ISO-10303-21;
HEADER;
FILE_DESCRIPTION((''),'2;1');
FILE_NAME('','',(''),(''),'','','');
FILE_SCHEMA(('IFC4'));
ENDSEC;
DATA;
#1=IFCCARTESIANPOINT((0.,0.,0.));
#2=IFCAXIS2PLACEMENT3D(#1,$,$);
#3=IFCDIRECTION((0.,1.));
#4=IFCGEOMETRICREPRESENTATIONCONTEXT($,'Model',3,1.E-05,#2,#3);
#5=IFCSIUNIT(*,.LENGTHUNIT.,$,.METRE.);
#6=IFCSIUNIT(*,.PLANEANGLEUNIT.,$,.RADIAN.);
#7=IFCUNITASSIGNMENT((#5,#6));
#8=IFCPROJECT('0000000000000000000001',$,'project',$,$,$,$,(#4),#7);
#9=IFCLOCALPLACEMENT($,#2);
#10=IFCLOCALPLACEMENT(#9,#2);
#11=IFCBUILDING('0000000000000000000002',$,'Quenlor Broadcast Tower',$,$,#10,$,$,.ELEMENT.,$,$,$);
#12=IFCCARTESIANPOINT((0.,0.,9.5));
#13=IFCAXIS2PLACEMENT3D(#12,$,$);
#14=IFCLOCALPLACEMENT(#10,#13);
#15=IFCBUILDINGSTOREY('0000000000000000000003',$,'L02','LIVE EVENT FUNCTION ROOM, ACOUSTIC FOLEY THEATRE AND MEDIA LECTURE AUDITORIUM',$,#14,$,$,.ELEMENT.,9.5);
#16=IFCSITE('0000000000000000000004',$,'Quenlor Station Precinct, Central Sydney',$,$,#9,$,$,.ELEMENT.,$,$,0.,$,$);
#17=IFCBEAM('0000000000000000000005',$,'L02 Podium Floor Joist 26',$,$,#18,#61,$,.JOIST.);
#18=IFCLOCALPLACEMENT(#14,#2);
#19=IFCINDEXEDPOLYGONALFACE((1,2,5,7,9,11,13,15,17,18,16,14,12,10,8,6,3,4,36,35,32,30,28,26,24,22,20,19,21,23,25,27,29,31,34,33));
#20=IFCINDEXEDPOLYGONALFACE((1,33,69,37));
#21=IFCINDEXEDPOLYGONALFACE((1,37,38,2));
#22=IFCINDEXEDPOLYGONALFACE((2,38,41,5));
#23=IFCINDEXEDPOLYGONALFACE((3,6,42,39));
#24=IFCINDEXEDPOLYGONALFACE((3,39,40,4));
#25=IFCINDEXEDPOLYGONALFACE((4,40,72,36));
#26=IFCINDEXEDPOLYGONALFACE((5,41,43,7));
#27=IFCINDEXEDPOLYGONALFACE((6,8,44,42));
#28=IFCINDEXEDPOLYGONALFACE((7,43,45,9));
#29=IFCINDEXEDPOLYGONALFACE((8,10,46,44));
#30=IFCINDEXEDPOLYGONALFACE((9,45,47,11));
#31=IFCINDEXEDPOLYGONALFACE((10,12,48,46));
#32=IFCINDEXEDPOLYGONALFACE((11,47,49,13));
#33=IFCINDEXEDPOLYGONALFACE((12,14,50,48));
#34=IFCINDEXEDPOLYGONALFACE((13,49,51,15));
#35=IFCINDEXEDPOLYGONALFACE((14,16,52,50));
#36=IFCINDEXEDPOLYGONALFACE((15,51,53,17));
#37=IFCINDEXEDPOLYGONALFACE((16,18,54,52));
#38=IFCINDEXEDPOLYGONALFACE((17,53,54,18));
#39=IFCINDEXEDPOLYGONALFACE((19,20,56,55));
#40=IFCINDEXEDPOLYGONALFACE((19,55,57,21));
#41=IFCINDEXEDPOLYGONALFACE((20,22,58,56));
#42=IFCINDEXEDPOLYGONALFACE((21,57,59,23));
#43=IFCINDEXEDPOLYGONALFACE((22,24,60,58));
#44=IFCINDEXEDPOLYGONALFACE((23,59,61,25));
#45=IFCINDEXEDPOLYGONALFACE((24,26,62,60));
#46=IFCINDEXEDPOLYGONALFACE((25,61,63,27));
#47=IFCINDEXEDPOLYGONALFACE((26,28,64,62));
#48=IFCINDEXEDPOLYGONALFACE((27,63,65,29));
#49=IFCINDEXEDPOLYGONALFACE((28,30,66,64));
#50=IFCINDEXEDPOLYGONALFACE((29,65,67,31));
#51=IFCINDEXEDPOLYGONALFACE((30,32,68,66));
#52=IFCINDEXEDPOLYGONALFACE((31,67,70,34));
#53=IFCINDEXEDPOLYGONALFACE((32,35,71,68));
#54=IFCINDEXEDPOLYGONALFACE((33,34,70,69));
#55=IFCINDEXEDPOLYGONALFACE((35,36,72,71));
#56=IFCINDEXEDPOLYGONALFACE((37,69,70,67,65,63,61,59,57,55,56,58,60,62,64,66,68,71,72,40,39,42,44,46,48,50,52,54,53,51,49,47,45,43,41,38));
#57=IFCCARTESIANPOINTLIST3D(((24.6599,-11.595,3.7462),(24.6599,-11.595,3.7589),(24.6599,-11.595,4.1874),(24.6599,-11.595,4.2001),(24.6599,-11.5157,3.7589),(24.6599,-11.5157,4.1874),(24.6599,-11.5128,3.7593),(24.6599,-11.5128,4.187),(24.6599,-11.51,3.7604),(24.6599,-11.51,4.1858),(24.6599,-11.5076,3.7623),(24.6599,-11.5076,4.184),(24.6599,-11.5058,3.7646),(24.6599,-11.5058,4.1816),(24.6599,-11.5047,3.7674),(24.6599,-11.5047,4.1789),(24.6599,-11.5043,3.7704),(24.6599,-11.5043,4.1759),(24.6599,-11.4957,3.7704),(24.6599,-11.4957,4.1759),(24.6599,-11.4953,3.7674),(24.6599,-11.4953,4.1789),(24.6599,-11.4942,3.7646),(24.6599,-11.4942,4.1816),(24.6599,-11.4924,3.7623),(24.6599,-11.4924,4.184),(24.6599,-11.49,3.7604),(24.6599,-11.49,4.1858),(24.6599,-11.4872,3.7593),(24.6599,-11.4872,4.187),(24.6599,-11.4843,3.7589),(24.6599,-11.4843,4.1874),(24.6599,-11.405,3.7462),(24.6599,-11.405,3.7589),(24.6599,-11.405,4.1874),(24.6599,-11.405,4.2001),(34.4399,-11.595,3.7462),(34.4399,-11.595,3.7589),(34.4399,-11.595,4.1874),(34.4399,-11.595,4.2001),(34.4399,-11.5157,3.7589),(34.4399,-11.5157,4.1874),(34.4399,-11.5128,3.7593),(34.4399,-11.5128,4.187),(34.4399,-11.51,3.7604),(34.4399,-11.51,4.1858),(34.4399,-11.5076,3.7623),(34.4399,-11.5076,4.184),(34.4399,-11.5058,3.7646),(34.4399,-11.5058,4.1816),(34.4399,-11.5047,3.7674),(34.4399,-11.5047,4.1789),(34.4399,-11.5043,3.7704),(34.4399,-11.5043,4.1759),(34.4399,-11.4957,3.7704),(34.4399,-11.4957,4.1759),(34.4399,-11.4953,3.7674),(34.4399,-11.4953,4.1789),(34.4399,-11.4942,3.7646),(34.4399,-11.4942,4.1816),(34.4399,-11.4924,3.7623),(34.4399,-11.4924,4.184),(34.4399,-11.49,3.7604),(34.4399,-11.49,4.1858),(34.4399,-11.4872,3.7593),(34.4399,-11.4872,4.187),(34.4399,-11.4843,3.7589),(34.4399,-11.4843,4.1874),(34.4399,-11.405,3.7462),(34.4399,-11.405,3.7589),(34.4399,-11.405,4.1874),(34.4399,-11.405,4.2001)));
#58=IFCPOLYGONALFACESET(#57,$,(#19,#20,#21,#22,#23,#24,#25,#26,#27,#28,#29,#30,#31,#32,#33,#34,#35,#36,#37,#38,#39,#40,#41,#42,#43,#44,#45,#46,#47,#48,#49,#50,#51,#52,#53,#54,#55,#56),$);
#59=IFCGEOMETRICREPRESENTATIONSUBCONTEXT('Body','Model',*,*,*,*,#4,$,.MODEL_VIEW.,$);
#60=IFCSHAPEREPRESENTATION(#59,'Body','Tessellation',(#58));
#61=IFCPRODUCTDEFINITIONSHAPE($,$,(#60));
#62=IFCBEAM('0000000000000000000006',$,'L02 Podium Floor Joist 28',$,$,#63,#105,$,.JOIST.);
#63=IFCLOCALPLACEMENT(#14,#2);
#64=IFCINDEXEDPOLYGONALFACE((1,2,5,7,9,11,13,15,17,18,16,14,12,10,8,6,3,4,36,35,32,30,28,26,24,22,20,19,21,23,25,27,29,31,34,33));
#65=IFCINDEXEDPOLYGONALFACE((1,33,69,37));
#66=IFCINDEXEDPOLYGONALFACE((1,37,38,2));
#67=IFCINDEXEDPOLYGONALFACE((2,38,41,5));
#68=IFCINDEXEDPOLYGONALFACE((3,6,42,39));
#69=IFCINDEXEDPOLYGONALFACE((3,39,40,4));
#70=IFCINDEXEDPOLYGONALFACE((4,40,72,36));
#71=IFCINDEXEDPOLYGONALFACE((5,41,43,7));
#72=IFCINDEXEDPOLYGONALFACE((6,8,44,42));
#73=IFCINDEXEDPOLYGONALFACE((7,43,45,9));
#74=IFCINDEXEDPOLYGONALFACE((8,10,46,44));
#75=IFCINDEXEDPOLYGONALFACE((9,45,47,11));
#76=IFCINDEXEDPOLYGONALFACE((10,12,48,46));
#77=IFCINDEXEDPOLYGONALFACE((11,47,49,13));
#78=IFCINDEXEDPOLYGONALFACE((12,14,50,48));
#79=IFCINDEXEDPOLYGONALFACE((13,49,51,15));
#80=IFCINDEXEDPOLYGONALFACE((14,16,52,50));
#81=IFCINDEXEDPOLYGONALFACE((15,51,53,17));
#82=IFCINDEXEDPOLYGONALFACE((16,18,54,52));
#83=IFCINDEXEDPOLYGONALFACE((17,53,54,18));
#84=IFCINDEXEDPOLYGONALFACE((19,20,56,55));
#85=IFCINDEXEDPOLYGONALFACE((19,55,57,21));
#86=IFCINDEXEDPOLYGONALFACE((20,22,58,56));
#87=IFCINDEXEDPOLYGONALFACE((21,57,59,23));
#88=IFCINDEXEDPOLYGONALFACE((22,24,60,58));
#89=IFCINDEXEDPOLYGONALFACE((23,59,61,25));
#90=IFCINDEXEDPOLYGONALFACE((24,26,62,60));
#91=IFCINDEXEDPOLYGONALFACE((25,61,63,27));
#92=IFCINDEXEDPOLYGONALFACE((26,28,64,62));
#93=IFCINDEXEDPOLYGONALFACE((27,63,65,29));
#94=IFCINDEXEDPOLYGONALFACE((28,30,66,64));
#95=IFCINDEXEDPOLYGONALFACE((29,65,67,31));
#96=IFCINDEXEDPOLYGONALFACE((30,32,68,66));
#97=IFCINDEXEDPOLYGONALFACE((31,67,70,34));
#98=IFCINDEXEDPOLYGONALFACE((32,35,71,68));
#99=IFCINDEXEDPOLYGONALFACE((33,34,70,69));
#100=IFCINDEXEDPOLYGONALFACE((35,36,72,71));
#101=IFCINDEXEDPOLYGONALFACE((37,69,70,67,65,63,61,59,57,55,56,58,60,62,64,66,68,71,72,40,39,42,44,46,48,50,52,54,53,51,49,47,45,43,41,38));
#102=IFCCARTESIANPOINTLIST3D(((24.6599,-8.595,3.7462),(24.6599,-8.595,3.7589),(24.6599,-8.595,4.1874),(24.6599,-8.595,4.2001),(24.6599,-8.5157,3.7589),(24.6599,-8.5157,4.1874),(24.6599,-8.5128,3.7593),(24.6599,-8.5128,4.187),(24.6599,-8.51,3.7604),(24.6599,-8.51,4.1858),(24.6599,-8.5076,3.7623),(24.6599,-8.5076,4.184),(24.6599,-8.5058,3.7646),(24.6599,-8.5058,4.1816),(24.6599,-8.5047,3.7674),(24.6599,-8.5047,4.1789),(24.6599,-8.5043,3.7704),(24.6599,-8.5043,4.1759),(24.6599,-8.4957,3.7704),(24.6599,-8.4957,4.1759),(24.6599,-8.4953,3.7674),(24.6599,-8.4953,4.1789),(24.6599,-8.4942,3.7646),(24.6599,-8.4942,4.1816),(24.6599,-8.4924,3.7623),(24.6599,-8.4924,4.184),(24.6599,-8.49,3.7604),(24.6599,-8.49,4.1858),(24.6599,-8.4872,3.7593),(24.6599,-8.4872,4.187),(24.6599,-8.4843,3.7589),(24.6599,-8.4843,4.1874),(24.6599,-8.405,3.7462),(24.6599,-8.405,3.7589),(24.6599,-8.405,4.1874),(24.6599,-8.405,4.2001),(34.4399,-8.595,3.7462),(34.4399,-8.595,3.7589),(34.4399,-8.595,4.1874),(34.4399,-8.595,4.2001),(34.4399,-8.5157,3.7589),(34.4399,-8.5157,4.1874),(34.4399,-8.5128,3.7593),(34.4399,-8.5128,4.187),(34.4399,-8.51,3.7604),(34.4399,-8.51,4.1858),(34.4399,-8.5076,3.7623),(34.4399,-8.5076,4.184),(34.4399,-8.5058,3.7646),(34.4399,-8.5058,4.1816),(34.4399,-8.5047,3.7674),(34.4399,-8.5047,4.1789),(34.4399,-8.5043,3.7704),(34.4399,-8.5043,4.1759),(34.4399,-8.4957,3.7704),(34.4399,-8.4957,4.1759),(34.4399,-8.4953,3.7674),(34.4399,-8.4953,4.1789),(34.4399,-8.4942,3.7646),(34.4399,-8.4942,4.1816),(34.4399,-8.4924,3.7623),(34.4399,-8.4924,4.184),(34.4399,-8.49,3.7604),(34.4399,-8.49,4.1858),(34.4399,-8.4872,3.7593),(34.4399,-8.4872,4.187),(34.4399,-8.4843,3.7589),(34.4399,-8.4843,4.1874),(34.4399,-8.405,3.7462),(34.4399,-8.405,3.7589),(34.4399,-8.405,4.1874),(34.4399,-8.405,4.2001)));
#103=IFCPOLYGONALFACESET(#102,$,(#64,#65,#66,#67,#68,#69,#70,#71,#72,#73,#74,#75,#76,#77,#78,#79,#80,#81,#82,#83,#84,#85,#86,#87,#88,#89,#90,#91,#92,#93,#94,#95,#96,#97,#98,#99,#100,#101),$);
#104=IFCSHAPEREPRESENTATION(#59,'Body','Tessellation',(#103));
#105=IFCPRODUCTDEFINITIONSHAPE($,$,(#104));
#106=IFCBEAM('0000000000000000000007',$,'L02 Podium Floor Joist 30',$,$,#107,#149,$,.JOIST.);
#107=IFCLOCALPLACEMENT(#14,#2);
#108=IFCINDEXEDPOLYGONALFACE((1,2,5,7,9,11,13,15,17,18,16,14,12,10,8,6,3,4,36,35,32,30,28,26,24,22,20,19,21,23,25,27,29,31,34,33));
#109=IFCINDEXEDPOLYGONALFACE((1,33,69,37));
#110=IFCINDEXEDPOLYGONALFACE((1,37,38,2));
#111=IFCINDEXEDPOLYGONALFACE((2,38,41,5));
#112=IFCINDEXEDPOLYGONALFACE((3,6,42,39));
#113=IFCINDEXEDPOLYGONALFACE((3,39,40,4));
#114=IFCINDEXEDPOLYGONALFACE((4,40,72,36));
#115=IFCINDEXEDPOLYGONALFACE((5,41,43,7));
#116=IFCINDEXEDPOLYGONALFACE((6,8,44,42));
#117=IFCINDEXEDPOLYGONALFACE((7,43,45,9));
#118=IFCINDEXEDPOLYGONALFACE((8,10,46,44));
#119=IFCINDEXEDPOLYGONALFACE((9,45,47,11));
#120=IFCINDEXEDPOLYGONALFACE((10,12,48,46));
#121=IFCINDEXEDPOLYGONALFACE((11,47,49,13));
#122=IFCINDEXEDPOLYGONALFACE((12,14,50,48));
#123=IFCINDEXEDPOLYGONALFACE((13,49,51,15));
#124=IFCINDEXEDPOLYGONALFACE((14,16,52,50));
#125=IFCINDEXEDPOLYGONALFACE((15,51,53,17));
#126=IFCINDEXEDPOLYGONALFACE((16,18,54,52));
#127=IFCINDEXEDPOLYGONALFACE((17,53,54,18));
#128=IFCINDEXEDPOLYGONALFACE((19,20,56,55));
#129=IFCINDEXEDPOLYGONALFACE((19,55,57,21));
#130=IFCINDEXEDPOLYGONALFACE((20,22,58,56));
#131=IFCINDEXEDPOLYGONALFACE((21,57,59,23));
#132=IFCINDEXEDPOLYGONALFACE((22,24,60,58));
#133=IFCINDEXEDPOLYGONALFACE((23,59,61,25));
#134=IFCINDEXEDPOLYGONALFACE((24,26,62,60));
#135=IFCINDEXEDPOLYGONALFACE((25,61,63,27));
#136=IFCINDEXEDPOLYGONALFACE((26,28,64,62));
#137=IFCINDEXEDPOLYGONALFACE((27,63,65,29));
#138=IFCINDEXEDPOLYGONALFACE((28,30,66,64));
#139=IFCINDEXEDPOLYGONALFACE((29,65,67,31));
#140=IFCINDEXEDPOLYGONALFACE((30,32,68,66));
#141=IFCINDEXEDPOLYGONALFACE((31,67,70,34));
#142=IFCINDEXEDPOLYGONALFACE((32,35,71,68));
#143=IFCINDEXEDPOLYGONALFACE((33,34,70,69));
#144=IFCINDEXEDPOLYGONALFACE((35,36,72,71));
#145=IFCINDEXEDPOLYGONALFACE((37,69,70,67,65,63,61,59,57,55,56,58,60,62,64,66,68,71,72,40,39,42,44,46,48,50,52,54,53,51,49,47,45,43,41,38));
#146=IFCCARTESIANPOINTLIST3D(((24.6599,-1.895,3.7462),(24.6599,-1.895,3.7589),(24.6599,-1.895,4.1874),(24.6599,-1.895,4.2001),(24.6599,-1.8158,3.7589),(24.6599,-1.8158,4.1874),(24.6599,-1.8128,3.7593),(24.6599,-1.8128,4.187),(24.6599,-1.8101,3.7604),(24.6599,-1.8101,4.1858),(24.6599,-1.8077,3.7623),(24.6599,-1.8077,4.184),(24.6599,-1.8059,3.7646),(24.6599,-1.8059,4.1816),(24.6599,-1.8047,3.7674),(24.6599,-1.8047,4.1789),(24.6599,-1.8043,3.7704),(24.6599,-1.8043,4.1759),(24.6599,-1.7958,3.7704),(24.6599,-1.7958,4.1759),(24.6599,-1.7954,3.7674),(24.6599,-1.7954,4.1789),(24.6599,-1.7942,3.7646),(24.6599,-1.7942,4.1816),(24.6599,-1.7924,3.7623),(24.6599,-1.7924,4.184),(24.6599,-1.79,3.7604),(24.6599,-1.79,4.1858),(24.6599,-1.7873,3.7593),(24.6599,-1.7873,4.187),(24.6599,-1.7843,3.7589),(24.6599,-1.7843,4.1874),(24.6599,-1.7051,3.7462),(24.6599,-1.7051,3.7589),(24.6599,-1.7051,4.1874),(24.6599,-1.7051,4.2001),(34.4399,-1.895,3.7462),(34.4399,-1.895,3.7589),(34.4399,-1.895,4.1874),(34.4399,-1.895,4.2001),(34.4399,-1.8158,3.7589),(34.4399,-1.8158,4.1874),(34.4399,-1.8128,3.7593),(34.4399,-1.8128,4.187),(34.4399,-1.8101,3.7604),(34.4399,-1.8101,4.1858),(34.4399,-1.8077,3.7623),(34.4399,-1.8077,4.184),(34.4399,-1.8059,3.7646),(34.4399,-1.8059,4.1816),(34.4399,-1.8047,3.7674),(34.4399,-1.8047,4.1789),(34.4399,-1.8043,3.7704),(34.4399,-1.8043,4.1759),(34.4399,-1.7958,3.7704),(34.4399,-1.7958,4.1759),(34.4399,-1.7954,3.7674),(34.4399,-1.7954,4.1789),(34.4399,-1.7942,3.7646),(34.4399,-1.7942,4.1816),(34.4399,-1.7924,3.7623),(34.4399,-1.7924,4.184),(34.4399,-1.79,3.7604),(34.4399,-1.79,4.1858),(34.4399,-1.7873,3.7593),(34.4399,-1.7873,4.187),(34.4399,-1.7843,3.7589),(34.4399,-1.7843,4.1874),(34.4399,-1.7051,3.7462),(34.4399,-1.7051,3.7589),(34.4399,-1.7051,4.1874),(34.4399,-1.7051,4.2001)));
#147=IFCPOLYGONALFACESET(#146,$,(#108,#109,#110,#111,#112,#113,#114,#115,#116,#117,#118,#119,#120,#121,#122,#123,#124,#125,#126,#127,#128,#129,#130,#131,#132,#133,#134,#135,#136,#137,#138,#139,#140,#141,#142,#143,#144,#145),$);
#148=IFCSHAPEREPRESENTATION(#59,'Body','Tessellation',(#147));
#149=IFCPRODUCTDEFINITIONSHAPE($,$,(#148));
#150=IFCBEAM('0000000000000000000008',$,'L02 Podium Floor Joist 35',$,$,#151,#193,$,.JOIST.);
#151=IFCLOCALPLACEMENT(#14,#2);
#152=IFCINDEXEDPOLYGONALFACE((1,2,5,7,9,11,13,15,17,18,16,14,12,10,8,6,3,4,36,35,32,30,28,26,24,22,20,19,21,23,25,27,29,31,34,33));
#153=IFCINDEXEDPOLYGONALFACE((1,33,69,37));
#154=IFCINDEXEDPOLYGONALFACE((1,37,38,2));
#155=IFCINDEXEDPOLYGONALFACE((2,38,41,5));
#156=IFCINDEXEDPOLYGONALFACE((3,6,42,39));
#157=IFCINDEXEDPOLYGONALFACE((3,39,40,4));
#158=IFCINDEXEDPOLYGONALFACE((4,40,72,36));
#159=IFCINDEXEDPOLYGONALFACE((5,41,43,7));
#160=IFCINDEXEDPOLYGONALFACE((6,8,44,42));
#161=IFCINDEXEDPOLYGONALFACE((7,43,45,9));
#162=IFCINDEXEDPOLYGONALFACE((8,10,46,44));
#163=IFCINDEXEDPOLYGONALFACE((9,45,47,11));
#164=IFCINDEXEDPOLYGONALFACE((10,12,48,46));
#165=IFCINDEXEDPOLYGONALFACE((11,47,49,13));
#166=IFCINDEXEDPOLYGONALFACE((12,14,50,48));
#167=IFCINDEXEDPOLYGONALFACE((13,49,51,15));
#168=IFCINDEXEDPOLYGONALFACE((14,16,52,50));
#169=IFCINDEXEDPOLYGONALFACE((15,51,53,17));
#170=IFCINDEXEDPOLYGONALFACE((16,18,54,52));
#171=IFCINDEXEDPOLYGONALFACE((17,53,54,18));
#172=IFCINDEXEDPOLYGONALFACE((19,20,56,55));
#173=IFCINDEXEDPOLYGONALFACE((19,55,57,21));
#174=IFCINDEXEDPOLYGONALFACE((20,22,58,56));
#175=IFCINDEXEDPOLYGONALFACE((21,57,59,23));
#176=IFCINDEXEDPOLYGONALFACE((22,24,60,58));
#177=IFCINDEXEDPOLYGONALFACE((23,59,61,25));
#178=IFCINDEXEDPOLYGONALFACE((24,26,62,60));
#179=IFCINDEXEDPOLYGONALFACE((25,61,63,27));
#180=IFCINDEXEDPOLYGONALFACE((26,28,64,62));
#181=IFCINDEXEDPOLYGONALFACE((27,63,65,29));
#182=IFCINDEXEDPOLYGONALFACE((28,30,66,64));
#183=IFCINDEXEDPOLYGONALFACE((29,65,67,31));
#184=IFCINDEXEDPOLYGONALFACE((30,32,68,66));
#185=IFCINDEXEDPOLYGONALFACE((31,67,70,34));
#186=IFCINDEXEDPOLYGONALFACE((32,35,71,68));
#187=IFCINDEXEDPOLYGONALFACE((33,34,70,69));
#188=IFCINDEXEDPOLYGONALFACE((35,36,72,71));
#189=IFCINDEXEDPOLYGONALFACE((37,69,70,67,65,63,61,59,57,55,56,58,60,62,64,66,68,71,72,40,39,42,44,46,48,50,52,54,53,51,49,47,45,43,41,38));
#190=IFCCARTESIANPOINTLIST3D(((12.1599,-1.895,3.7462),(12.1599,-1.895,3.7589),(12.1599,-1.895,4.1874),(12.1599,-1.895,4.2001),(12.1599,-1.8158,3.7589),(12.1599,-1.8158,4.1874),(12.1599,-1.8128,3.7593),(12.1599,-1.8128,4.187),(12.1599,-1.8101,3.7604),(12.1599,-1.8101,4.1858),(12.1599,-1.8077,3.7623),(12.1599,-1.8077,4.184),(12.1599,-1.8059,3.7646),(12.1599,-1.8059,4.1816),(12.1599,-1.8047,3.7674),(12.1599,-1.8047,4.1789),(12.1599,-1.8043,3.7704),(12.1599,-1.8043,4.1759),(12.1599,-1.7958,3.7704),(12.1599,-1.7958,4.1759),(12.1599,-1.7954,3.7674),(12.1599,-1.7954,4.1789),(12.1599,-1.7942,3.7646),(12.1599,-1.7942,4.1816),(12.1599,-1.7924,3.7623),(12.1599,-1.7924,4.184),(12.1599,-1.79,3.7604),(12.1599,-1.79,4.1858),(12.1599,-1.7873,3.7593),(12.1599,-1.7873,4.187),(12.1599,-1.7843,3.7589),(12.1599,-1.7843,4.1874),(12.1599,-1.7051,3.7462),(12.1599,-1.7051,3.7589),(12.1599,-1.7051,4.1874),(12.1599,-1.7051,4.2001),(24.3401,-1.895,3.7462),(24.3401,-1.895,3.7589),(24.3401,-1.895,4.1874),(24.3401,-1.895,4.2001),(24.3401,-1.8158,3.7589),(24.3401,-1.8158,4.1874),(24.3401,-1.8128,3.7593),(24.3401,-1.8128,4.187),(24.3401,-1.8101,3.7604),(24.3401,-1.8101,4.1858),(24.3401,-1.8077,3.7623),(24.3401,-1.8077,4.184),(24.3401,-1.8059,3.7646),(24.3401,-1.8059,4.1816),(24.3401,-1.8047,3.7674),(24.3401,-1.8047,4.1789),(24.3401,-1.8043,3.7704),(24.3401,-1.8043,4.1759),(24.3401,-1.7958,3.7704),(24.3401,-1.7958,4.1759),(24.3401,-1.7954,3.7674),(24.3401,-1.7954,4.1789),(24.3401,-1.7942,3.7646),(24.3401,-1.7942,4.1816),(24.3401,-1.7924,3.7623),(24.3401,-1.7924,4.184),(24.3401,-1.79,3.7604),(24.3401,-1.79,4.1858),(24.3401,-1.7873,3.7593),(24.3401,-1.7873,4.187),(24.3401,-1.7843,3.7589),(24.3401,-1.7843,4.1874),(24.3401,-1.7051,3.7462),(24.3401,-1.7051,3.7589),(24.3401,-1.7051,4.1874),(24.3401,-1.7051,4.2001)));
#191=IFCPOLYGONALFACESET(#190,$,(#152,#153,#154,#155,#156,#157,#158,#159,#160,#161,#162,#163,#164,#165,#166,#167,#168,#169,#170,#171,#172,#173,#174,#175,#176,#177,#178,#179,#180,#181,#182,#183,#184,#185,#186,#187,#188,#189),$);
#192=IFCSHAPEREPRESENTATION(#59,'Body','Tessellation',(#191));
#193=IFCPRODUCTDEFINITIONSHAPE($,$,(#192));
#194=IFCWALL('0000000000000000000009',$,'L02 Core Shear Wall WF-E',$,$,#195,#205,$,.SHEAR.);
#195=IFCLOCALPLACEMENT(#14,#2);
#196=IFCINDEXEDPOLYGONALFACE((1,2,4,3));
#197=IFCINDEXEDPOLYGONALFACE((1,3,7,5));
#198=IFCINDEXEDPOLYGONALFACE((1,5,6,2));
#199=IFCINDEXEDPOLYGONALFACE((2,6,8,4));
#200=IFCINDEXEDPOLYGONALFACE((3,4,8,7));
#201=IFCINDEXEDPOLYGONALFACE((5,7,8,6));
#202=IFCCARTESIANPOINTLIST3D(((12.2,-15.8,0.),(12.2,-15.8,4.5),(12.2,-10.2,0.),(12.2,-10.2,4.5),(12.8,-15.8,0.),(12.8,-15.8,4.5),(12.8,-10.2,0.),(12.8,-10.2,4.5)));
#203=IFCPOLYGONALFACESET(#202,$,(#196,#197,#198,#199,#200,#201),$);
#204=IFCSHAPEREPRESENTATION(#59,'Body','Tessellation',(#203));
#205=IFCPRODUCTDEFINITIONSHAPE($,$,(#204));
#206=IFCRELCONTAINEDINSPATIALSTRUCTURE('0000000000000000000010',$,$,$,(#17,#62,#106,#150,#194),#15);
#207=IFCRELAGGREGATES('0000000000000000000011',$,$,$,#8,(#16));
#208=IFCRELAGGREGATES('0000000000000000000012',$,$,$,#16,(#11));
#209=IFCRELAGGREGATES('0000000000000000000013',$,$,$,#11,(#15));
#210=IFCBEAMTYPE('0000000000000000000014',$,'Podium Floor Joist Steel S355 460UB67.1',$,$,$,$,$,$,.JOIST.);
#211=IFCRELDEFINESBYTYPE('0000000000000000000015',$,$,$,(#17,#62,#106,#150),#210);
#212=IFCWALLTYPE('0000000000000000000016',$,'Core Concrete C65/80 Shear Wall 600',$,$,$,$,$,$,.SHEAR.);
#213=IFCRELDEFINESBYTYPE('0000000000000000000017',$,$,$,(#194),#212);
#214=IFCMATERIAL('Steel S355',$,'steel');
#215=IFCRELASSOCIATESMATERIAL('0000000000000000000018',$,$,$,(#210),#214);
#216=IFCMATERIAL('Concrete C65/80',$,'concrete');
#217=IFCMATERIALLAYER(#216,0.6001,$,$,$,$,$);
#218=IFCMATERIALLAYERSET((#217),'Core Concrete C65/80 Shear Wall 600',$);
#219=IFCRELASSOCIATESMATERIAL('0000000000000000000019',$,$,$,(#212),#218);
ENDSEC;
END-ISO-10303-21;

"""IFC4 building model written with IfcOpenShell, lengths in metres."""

from ifc_helpers import new_model, si_unit, direction, frame, frame_2d, origin, origin_2d, place, context, subcontext, project, spatial, rectangle, i_section, extrude, material, layer, layer_set, material_profile, profile_set, type_object, element, save


model = new_model("IFC4")

# Units and contexts
model_context = context("Model", 3, precision=1e-05, world=origin(), true_north=direction((0.0, 1.0)))
body_context = subcontext(model_context, "Body", "Model", "MODEL_VIEW")
ifc_project = project(units=[si_unit("LENGTHUNIT", "METRE"), si_unit("PLANEANGLEUNIT", "RADIAN")], contexts=[model_context])

# Site, building, storey
site_placement = place(None, origin())
site = spatial("IfcSite", under=ifc_project, at=site_placement, Name="Quenlor Station Precinct, Central Sydney", CompositionType="ELEMENT", RefElevation=0.0)
building_placement = place(site_placement, origin())
building = spatial("IfcBuilding", under=site, at=building_placement, Name="Quenlor Broadcast Tower", CompositionType="ELEMENT")
storey_placement = place(building_placement, frame((0.0, 0.0, 9.5)))
storey = spatial("IfcBuildingStorey", under=building, at=storey_placement, Name="L02", Description="LIVE EVENT FUNCTION ROOM, ACOUSTIC FOLEY THEATRE AND MEDIA LECTURE AUDITORIUM", CompositionType="ELEMENT", Elevation=9.5)

# Beams
ifc_material_1 = material(Name="Steel S355", Category="steel")
ifc_material_profile_1 = material_profile(ifc_material_1, i_section(OverallWidth=0.1899, OverallDepth=0.4539, WebThickness=0.0085, FlangeThickness=0.0127, FilletRadius=0.0115, at=origin_2d()))
ifc_profile_set_1 = profile_set([ifc_material_profile_1], Name="Steel S355 460UB67.1")
beam_type_1 = type_object("IfcBeamType", Name="Podium Floor Joist Steel S355 460UB67.1", PredefinedType="JOIST", material=ifc_profile_set_1)
for number, where, z_axis, x_axis, name in (
    (1, (24.6599, -11.5, 3.9731), (1.0, 0.0, 0.0), (0.0, 1.0, 0.0), "L02 Podium Floor Joist 26"),
    (2, (24.6599, -8.5, 3.9731), (1.0, 0.0, 0.0), (0.0, 1.0, 0.0), "L02 Podium Floor Joist 28"),
    (3, (24.6599, -1.8, 3.9731), (1.0, 0.0, 0.0), (0.0, 1.0, 0.0), "L02 Podium Floor Joist 30"),
):
    element("IfcBeam", number, at=place(storey_placement, frame(where, z_axis=z_axis, x_axis=x_axis)), inside=storey, type_object=beam_type_1, Name=name, PredefinedType="JOIST", context=body_context, shape_type="SweptSolid", body=[
        extrude(i_section(OverallWidth=0.1899, OverallDepth=0.4539, WebThickness=0.0085, FlangeThickness=0.0127, FilletRadius=0.0115, at=origin_2d()), origin(), (0.0, 0.0, 1.0), 9.78),
    ])
beam_1_placement = place(storey_placement, frame((12.1599, -1.8, 3.9731), z_axis=(1.0, 0.0, 0.0), x_axis=(0.0, 1.0, 0.0)))
element("IfcBeam", 4, at=beam_1_placement, inside=storey, type_object=beam_type_1, Name="L02 Podium Floor Joist 35", PredefinedType="JOIST", context=body_context, shape_type="SweptSolid", body=[
    extrude(i_section(OverallWidth=0.1899, OverallDepth=0.4539, WebThickness=0.0085, FlangeThickness=0.0127, FilletRadius=0.0115, at=origin_2d()), origin(), (0.0, 0.0, 1.0), 12.1802),
])

# Wall
ifc_material_2 = material(Name="Concrete C65/80", Category="concrete")
ifc_layer_1 = layer(ifc_material_2, 0.6001)
ifc_layer_set_1 = layer_set([ifc_layer_1], Name="Core Concrete C65/80 Shear Wall 600")
wall_type_1 = type_object("IfcWallType", Name="Core Concrete C65/80 Shear Wall 600", PredefinedType="SHEAR", material=ifc_layer_set_1)
wall_1_placement = place(storey_placement, frame((12.5, -15.8, 0.0), z_axis=(0.0, 0.0, 1.0), x_axis=(0.0, 1.0, 0.0)))
element("IfcWall", 5, at=wall_1_placement, inside=storey, type_object=wall_type_1, Name="L02 Core Shear Wall WF-E", PredefinedType="SHEAR", context=body_context, shape_type="SweptSolid", body=[
    extrude(rectangle(XDim=5.6001, YDim=0.6001, at=frame_2d((2.8, 0.0))), origin(), (0.0, 0.0, 1.0), 4.5),
])

save(model, "model.ifc")
